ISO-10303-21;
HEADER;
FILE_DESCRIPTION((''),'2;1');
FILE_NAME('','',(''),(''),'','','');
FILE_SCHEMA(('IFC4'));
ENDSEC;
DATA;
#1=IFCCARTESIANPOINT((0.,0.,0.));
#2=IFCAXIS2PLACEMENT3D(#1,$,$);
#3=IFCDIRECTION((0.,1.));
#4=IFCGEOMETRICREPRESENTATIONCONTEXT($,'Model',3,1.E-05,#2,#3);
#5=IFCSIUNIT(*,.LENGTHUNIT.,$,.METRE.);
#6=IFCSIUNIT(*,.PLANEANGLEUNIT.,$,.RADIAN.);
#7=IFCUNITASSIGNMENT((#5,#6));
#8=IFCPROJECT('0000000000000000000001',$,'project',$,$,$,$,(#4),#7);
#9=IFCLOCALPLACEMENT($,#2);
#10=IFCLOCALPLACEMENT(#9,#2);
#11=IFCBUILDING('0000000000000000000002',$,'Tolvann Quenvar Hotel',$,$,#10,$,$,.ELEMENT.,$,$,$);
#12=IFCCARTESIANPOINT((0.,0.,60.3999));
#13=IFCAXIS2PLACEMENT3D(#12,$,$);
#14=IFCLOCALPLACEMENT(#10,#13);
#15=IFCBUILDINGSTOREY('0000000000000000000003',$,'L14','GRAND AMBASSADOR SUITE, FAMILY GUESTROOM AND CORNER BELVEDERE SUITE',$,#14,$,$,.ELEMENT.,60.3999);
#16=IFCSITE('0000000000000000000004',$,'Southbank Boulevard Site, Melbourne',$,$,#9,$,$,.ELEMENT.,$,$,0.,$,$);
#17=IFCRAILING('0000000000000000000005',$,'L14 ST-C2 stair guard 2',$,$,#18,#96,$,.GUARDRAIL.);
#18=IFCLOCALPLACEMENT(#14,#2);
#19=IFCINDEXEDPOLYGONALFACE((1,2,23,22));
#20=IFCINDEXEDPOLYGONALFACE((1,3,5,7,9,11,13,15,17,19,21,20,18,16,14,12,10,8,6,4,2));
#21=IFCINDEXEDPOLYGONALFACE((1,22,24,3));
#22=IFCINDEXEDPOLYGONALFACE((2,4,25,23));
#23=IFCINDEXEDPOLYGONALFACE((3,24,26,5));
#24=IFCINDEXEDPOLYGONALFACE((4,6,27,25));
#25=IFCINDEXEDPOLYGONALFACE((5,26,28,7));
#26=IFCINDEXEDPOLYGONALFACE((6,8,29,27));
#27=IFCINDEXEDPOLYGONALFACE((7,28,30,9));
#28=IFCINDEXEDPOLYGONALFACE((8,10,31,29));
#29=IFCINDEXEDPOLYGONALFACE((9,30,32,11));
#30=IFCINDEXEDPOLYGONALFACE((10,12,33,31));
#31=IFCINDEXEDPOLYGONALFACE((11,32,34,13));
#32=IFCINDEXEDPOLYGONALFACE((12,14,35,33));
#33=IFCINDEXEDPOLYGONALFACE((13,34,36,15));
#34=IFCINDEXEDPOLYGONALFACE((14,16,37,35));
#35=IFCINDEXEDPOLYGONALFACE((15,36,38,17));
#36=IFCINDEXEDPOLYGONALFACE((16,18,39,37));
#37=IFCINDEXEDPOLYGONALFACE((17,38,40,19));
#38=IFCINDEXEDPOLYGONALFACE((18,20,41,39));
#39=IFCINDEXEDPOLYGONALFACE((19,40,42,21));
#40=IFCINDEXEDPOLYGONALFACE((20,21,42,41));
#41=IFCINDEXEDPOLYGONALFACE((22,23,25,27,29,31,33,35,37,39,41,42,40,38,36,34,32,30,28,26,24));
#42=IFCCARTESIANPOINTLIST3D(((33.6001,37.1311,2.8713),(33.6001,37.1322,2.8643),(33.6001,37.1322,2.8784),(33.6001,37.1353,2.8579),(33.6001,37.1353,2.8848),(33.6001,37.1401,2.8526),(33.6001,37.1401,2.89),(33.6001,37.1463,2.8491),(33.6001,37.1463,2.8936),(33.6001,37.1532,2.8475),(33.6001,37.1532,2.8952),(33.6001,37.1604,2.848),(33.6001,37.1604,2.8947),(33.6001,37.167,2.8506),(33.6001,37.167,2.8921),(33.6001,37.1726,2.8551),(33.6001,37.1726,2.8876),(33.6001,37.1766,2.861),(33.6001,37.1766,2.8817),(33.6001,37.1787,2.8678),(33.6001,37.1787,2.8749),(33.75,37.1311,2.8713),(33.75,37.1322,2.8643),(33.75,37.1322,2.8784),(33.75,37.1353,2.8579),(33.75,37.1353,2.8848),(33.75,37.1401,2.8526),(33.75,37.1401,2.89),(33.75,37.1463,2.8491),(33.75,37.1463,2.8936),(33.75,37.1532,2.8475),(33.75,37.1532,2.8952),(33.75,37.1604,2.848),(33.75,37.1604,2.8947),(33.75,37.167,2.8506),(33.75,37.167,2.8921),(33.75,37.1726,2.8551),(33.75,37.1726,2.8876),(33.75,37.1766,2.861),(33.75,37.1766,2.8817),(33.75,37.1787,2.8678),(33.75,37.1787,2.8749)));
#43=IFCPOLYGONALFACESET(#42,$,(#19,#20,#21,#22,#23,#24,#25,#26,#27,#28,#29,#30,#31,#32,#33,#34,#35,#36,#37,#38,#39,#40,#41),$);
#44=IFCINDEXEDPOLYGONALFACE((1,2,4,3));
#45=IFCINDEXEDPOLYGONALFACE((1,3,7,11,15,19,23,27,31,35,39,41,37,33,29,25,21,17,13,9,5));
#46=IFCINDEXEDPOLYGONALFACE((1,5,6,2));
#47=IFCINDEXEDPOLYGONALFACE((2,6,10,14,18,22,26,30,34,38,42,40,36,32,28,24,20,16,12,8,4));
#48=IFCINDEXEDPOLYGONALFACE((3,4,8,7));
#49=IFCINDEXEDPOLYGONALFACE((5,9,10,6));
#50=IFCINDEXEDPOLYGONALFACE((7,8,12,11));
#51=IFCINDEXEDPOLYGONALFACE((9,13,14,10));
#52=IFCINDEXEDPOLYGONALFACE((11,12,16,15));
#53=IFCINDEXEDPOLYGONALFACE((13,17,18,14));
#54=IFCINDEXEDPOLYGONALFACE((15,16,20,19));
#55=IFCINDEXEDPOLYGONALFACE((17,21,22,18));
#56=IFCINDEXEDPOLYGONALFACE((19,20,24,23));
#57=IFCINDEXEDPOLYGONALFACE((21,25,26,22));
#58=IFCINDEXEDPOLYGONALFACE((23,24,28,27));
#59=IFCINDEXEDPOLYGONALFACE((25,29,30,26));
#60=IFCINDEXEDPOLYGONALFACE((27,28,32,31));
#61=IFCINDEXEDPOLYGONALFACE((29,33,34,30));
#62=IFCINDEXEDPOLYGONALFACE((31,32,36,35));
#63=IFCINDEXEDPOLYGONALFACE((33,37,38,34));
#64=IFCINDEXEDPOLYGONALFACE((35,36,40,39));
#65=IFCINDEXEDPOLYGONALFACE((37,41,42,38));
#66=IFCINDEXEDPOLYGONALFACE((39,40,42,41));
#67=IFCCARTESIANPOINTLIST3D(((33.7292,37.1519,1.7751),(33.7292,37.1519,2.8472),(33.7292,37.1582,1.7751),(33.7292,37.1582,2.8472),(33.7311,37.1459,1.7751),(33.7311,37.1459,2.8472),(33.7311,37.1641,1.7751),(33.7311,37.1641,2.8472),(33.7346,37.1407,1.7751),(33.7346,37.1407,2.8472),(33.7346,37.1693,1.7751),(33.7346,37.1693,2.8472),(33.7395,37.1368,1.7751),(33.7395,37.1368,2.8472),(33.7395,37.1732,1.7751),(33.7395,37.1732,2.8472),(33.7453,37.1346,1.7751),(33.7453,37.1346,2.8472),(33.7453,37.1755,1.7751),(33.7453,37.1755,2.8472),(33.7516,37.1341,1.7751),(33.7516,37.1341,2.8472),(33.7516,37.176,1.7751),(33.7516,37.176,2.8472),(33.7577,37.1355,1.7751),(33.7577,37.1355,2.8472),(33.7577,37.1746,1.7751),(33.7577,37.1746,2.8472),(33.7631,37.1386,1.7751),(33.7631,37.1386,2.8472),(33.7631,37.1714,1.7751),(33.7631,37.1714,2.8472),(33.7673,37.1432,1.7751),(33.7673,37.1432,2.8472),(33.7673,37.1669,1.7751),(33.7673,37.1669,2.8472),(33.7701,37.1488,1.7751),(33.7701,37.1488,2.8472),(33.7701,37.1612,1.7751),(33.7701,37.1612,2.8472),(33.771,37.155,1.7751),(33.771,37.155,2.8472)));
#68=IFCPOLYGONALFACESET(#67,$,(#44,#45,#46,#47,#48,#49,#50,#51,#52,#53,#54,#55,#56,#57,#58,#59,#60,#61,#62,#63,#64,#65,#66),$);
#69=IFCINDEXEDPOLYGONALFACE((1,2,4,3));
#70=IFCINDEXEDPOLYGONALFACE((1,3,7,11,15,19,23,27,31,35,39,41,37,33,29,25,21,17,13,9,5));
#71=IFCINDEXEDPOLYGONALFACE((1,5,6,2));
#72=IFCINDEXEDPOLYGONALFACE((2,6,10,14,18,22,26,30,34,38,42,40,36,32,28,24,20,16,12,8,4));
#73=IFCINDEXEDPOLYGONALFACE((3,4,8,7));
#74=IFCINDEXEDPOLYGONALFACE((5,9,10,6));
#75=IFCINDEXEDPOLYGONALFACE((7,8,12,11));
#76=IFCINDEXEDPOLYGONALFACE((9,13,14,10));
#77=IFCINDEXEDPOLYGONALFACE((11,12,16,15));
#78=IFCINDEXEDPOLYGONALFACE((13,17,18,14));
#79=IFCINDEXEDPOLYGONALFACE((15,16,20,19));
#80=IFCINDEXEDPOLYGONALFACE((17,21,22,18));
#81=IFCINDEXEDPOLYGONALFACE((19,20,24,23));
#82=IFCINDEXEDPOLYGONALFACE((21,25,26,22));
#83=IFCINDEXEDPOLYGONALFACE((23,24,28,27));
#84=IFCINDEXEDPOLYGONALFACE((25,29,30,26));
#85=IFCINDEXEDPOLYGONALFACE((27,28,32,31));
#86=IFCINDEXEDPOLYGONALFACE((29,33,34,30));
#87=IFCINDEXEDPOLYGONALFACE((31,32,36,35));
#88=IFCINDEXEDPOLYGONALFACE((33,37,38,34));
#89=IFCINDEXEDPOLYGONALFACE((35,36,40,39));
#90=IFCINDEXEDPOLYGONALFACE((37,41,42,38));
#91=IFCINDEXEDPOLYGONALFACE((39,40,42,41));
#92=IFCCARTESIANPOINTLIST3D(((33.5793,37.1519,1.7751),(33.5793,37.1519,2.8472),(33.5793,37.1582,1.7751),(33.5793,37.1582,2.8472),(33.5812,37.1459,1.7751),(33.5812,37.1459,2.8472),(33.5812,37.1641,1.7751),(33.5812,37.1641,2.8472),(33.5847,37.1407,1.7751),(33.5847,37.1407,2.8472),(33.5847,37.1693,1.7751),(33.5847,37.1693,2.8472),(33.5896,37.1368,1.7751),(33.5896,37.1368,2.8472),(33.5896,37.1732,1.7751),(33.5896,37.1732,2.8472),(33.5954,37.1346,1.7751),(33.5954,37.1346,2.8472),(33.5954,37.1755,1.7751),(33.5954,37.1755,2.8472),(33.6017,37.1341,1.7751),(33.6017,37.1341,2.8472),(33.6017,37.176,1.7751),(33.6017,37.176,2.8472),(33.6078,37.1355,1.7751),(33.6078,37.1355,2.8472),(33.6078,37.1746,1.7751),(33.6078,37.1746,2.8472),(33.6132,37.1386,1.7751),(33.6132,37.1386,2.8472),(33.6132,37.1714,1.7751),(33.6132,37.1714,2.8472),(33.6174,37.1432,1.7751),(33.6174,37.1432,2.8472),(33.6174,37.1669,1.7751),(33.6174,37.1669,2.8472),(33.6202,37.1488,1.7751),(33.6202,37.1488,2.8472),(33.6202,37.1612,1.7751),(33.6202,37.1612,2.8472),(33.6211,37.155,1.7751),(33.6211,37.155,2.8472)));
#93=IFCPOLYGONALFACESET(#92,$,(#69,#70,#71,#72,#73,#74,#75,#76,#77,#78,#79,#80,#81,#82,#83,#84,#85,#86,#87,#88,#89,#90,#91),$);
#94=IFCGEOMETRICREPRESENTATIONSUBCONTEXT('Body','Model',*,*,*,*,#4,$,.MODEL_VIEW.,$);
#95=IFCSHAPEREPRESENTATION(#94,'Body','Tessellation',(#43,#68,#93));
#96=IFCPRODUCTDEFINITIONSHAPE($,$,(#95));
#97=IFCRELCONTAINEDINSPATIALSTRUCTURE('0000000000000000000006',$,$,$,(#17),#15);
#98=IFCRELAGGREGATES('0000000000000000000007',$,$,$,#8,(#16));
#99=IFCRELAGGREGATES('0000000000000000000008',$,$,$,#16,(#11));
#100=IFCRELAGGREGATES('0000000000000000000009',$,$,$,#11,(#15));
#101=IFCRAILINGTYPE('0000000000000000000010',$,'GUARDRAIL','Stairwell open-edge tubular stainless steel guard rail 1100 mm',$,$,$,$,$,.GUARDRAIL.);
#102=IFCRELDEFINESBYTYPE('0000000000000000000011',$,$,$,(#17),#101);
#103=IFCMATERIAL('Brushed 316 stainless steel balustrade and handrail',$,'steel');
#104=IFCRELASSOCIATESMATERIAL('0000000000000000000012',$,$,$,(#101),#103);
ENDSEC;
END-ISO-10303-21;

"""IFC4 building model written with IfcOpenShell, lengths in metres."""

from ifc_helpers import new_model, si_unit, direction, frame, origin, origin_2d, place, context, subcontext, project, spatial, circle, extrude, material, type_object, element, save


model = new_model("IFC4")

# Units and contexts
model_context = context("Model", 3, precision=1e-05, world=origin(), true_north=direction((0.0, 1.0)))
body_context = subcontext(model_context, "Body", "Model", "MODEL_VIEW")
ifc_project = project(units=[si_unit("LENGTHUNIT", "METRE"), si_unit("PLANEANGLEUNIT", "RADIAN")], contexts=[model_context])

# Site, building, storey
site_placement = place(None, origin())
site = spatial("IfcSite", under=ifc_project, at=site_placement, Name="Southbank Boulevard Site, Melbourne", CompositionType="ELEMENT", RefElevation=0.0)
building_placement = place(site_placement, origin())
building = spatial("IfcBuilding", under=site, at=building_placement, Name="Tolvann Quenvar Hotel", CompositionType="ELEMENT")
storey_placement = place(building_placement, frame((0.0, 0.0, 60.3999)))
storey = spatial("IfcBuildingStorey", under=building, at=storey_placement, Name="L14", Description="GRAND AMBASSADOR SUITE, FAMILY GUESTROOM AND CORNER BELVEDERE SUITE", CompositionType="ELEMENT", Elevation=60.3999)

# Railing
ifc_material_1 = material(Name="Brushed 316 stainless steel balustrade and handrail", Category="steel")
railing_type_1 = type_object("IfcRailingType", Name="GUARDRAIL", Description="Stairwell open-edge tubular stainless steel guard rail 1100 mm", PredefinedType="GUARDRAIL", material=ifc_material_1)
railing_1_placement = place(storey_placement, frame((33.75, 37.155, 1.7751)))
element("IfcRailing", 1, at=railing_1_placement, inside=storey, type_object=railing_type_1, Name="L14 ST-C2 stair guard 2", PredefinedType="GUARDRAIL", context=body_context, shape_type="SweptSolid", body=[
    extrude(circle(Radius=0.0239, at=origin_2d()), frame((0.0, 0.0, 1.0962), z_axis=(-1.0, 0.0, 0.0), x_axis=(0.0, -1.0, 0.0)), (0.0, 0.0, 1.0), 0.1499),
    extrude(circle(Radius=0.021, at=origin_2d()), origin(), (0.0, 0.0, 1.0), 1.072),
    extrude(circle(Radius=0.021, at=origin_2d()), frame((-0.1499, 0.0, 0.0)), (0.0, 0.0, 1.0), 1.072),
])

save(model, "model.ifc")
